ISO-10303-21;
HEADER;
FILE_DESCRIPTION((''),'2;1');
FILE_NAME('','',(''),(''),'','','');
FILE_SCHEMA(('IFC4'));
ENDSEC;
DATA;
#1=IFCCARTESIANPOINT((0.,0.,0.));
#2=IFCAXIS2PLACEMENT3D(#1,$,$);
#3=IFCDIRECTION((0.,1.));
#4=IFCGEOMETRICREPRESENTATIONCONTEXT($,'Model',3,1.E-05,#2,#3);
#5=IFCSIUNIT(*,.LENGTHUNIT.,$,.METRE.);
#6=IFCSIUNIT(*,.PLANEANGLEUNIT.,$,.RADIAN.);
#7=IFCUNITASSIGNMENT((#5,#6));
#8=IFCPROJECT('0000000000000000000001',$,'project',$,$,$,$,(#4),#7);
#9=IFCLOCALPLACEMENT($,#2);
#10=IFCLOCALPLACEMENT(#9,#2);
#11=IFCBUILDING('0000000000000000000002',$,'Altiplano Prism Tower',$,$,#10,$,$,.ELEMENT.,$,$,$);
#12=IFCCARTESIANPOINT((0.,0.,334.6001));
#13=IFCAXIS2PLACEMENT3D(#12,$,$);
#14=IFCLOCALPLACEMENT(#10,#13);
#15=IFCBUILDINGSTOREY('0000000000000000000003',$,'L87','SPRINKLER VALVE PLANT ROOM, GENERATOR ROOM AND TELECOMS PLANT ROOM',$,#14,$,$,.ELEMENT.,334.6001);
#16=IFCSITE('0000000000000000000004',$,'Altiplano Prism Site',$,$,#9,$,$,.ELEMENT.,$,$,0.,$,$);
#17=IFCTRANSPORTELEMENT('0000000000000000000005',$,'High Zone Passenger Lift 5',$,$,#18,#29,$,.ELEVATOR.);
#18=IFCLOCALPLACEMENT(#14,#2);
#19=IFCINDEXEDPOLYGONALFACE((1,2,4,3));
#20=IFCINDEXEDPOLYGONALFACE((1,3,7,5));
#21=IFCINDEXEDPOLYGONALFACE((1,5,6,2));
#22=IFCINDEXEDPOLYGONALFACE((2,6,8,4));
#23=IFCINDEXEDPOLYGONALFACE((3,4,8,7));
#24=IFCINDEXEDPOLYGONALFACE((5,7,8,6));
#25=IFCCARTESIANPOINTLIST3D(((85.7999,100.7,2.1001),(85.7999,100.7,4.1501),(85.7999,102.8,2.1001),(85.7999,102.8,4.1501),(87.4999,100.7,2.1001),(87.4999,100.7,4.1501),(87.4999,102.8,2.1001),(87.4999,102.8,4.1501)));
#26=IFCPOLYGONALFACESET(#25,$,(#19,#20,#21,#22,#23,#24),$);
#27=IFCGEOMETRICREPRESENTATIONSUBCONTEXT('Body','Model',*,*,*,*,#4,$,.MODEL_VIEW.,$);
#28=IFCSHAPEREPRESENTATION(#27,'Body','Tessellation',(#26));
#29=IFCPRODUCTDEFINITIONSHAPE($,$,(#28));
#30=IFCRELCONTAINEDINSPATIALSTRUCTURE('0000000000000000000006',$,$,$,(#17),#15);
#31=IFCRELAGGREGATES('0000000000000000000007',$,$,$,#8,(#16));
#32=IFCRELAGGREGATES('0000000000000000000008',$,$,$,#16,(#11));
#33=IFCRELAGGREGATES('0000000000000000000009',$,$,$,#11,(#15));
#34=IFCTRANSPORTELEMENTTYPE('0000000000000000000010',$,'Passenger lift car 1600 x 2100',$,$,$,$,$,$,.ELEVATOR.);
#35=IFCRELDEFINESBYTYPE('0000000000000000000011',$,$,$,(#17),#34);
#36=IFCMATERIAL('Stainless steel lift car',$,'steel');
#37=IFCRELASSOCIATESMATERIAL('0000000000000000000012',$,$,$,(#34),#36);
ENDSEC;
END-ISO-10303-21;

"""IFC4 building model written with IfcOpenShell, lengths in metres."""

from ifc_helpers import new_model, si_unit, direction, frame, origin, origin_2d, place, context, subcontext, project, spatial, rectangle, extrude, material, type_object, element, save


model = new_model("IFC4")

# Units and contexts
model_context = context("Model", 3, precision=1e-05, world=origin(), true_north=direction((0.0, 1.0)))
body_context = subcontext(model_context, "Body", "Model", "MODEL_VIEW")
ifc_project = project(units=[si_unit("LENGTHUNIT", "METRE"), si_unit("PLANEANGLEUNIT", "RADIAN")], contexts=[model_context])

# Site, building, storey
site_placement = place(None, origin())
site = spatial("IfcSite", under=ifc_project, at=site_placement, Name="Altiplano Prism Site", CompositionType="ELEMENT", RefElevation=0.0)
building_placement = place(site_placement, origin())
building = spatial("IfcBuilding", under=site, at=building_placement, Name="Altiplano Prism Tower", CompositionType="ELEMENT")
storey_placement = place(building_placement, frame((0.0, 0.0, 334.6001)))
storey = spatial("IfcBuildingStorey", under=building, at=storey_placement, Name="L87", Description="SPRINKLER VALVE PLANT ROOM, GENERATOR ROOM AND TELECOMS PLANT ROOM", CompositionType="ELEMENT", Elevation=334.6001)

# Transport element
ifc_material_1 = material(Name="Stainless steel lift car", Category="steel")
transport_element_type = type_object("IfcTransportElementType", Name="Passenger lift car 1600 x 2100", PredefinedType="ELEVATOR", material=ifc_material_1)
for number, where, z_axis, x_axis, name in (
    (1, (86.6499, 101.75, 2.1001), (0.0, 0.0, 1.0), (1.0, 0.0, 0.0), "High Zone Passenger Lift 5"),
):
    element("IfcTransportElement", number, at=place(storey_placement, frame(where, z_axis=z_axis, x_axis=x_axis)), inside=storey, type_object=transport_element_type, Name=name, PredefinedType="ELEVATOR", context=body_context, shape_type="SweptSolid", body=[
        extrude(rectangle(XDim=1.7, YDim=2.1001, at=origin_2d()), origin(), (0.0, 0.0, 1.0), 2.05),
    ])

save(model, "model.ifc")
